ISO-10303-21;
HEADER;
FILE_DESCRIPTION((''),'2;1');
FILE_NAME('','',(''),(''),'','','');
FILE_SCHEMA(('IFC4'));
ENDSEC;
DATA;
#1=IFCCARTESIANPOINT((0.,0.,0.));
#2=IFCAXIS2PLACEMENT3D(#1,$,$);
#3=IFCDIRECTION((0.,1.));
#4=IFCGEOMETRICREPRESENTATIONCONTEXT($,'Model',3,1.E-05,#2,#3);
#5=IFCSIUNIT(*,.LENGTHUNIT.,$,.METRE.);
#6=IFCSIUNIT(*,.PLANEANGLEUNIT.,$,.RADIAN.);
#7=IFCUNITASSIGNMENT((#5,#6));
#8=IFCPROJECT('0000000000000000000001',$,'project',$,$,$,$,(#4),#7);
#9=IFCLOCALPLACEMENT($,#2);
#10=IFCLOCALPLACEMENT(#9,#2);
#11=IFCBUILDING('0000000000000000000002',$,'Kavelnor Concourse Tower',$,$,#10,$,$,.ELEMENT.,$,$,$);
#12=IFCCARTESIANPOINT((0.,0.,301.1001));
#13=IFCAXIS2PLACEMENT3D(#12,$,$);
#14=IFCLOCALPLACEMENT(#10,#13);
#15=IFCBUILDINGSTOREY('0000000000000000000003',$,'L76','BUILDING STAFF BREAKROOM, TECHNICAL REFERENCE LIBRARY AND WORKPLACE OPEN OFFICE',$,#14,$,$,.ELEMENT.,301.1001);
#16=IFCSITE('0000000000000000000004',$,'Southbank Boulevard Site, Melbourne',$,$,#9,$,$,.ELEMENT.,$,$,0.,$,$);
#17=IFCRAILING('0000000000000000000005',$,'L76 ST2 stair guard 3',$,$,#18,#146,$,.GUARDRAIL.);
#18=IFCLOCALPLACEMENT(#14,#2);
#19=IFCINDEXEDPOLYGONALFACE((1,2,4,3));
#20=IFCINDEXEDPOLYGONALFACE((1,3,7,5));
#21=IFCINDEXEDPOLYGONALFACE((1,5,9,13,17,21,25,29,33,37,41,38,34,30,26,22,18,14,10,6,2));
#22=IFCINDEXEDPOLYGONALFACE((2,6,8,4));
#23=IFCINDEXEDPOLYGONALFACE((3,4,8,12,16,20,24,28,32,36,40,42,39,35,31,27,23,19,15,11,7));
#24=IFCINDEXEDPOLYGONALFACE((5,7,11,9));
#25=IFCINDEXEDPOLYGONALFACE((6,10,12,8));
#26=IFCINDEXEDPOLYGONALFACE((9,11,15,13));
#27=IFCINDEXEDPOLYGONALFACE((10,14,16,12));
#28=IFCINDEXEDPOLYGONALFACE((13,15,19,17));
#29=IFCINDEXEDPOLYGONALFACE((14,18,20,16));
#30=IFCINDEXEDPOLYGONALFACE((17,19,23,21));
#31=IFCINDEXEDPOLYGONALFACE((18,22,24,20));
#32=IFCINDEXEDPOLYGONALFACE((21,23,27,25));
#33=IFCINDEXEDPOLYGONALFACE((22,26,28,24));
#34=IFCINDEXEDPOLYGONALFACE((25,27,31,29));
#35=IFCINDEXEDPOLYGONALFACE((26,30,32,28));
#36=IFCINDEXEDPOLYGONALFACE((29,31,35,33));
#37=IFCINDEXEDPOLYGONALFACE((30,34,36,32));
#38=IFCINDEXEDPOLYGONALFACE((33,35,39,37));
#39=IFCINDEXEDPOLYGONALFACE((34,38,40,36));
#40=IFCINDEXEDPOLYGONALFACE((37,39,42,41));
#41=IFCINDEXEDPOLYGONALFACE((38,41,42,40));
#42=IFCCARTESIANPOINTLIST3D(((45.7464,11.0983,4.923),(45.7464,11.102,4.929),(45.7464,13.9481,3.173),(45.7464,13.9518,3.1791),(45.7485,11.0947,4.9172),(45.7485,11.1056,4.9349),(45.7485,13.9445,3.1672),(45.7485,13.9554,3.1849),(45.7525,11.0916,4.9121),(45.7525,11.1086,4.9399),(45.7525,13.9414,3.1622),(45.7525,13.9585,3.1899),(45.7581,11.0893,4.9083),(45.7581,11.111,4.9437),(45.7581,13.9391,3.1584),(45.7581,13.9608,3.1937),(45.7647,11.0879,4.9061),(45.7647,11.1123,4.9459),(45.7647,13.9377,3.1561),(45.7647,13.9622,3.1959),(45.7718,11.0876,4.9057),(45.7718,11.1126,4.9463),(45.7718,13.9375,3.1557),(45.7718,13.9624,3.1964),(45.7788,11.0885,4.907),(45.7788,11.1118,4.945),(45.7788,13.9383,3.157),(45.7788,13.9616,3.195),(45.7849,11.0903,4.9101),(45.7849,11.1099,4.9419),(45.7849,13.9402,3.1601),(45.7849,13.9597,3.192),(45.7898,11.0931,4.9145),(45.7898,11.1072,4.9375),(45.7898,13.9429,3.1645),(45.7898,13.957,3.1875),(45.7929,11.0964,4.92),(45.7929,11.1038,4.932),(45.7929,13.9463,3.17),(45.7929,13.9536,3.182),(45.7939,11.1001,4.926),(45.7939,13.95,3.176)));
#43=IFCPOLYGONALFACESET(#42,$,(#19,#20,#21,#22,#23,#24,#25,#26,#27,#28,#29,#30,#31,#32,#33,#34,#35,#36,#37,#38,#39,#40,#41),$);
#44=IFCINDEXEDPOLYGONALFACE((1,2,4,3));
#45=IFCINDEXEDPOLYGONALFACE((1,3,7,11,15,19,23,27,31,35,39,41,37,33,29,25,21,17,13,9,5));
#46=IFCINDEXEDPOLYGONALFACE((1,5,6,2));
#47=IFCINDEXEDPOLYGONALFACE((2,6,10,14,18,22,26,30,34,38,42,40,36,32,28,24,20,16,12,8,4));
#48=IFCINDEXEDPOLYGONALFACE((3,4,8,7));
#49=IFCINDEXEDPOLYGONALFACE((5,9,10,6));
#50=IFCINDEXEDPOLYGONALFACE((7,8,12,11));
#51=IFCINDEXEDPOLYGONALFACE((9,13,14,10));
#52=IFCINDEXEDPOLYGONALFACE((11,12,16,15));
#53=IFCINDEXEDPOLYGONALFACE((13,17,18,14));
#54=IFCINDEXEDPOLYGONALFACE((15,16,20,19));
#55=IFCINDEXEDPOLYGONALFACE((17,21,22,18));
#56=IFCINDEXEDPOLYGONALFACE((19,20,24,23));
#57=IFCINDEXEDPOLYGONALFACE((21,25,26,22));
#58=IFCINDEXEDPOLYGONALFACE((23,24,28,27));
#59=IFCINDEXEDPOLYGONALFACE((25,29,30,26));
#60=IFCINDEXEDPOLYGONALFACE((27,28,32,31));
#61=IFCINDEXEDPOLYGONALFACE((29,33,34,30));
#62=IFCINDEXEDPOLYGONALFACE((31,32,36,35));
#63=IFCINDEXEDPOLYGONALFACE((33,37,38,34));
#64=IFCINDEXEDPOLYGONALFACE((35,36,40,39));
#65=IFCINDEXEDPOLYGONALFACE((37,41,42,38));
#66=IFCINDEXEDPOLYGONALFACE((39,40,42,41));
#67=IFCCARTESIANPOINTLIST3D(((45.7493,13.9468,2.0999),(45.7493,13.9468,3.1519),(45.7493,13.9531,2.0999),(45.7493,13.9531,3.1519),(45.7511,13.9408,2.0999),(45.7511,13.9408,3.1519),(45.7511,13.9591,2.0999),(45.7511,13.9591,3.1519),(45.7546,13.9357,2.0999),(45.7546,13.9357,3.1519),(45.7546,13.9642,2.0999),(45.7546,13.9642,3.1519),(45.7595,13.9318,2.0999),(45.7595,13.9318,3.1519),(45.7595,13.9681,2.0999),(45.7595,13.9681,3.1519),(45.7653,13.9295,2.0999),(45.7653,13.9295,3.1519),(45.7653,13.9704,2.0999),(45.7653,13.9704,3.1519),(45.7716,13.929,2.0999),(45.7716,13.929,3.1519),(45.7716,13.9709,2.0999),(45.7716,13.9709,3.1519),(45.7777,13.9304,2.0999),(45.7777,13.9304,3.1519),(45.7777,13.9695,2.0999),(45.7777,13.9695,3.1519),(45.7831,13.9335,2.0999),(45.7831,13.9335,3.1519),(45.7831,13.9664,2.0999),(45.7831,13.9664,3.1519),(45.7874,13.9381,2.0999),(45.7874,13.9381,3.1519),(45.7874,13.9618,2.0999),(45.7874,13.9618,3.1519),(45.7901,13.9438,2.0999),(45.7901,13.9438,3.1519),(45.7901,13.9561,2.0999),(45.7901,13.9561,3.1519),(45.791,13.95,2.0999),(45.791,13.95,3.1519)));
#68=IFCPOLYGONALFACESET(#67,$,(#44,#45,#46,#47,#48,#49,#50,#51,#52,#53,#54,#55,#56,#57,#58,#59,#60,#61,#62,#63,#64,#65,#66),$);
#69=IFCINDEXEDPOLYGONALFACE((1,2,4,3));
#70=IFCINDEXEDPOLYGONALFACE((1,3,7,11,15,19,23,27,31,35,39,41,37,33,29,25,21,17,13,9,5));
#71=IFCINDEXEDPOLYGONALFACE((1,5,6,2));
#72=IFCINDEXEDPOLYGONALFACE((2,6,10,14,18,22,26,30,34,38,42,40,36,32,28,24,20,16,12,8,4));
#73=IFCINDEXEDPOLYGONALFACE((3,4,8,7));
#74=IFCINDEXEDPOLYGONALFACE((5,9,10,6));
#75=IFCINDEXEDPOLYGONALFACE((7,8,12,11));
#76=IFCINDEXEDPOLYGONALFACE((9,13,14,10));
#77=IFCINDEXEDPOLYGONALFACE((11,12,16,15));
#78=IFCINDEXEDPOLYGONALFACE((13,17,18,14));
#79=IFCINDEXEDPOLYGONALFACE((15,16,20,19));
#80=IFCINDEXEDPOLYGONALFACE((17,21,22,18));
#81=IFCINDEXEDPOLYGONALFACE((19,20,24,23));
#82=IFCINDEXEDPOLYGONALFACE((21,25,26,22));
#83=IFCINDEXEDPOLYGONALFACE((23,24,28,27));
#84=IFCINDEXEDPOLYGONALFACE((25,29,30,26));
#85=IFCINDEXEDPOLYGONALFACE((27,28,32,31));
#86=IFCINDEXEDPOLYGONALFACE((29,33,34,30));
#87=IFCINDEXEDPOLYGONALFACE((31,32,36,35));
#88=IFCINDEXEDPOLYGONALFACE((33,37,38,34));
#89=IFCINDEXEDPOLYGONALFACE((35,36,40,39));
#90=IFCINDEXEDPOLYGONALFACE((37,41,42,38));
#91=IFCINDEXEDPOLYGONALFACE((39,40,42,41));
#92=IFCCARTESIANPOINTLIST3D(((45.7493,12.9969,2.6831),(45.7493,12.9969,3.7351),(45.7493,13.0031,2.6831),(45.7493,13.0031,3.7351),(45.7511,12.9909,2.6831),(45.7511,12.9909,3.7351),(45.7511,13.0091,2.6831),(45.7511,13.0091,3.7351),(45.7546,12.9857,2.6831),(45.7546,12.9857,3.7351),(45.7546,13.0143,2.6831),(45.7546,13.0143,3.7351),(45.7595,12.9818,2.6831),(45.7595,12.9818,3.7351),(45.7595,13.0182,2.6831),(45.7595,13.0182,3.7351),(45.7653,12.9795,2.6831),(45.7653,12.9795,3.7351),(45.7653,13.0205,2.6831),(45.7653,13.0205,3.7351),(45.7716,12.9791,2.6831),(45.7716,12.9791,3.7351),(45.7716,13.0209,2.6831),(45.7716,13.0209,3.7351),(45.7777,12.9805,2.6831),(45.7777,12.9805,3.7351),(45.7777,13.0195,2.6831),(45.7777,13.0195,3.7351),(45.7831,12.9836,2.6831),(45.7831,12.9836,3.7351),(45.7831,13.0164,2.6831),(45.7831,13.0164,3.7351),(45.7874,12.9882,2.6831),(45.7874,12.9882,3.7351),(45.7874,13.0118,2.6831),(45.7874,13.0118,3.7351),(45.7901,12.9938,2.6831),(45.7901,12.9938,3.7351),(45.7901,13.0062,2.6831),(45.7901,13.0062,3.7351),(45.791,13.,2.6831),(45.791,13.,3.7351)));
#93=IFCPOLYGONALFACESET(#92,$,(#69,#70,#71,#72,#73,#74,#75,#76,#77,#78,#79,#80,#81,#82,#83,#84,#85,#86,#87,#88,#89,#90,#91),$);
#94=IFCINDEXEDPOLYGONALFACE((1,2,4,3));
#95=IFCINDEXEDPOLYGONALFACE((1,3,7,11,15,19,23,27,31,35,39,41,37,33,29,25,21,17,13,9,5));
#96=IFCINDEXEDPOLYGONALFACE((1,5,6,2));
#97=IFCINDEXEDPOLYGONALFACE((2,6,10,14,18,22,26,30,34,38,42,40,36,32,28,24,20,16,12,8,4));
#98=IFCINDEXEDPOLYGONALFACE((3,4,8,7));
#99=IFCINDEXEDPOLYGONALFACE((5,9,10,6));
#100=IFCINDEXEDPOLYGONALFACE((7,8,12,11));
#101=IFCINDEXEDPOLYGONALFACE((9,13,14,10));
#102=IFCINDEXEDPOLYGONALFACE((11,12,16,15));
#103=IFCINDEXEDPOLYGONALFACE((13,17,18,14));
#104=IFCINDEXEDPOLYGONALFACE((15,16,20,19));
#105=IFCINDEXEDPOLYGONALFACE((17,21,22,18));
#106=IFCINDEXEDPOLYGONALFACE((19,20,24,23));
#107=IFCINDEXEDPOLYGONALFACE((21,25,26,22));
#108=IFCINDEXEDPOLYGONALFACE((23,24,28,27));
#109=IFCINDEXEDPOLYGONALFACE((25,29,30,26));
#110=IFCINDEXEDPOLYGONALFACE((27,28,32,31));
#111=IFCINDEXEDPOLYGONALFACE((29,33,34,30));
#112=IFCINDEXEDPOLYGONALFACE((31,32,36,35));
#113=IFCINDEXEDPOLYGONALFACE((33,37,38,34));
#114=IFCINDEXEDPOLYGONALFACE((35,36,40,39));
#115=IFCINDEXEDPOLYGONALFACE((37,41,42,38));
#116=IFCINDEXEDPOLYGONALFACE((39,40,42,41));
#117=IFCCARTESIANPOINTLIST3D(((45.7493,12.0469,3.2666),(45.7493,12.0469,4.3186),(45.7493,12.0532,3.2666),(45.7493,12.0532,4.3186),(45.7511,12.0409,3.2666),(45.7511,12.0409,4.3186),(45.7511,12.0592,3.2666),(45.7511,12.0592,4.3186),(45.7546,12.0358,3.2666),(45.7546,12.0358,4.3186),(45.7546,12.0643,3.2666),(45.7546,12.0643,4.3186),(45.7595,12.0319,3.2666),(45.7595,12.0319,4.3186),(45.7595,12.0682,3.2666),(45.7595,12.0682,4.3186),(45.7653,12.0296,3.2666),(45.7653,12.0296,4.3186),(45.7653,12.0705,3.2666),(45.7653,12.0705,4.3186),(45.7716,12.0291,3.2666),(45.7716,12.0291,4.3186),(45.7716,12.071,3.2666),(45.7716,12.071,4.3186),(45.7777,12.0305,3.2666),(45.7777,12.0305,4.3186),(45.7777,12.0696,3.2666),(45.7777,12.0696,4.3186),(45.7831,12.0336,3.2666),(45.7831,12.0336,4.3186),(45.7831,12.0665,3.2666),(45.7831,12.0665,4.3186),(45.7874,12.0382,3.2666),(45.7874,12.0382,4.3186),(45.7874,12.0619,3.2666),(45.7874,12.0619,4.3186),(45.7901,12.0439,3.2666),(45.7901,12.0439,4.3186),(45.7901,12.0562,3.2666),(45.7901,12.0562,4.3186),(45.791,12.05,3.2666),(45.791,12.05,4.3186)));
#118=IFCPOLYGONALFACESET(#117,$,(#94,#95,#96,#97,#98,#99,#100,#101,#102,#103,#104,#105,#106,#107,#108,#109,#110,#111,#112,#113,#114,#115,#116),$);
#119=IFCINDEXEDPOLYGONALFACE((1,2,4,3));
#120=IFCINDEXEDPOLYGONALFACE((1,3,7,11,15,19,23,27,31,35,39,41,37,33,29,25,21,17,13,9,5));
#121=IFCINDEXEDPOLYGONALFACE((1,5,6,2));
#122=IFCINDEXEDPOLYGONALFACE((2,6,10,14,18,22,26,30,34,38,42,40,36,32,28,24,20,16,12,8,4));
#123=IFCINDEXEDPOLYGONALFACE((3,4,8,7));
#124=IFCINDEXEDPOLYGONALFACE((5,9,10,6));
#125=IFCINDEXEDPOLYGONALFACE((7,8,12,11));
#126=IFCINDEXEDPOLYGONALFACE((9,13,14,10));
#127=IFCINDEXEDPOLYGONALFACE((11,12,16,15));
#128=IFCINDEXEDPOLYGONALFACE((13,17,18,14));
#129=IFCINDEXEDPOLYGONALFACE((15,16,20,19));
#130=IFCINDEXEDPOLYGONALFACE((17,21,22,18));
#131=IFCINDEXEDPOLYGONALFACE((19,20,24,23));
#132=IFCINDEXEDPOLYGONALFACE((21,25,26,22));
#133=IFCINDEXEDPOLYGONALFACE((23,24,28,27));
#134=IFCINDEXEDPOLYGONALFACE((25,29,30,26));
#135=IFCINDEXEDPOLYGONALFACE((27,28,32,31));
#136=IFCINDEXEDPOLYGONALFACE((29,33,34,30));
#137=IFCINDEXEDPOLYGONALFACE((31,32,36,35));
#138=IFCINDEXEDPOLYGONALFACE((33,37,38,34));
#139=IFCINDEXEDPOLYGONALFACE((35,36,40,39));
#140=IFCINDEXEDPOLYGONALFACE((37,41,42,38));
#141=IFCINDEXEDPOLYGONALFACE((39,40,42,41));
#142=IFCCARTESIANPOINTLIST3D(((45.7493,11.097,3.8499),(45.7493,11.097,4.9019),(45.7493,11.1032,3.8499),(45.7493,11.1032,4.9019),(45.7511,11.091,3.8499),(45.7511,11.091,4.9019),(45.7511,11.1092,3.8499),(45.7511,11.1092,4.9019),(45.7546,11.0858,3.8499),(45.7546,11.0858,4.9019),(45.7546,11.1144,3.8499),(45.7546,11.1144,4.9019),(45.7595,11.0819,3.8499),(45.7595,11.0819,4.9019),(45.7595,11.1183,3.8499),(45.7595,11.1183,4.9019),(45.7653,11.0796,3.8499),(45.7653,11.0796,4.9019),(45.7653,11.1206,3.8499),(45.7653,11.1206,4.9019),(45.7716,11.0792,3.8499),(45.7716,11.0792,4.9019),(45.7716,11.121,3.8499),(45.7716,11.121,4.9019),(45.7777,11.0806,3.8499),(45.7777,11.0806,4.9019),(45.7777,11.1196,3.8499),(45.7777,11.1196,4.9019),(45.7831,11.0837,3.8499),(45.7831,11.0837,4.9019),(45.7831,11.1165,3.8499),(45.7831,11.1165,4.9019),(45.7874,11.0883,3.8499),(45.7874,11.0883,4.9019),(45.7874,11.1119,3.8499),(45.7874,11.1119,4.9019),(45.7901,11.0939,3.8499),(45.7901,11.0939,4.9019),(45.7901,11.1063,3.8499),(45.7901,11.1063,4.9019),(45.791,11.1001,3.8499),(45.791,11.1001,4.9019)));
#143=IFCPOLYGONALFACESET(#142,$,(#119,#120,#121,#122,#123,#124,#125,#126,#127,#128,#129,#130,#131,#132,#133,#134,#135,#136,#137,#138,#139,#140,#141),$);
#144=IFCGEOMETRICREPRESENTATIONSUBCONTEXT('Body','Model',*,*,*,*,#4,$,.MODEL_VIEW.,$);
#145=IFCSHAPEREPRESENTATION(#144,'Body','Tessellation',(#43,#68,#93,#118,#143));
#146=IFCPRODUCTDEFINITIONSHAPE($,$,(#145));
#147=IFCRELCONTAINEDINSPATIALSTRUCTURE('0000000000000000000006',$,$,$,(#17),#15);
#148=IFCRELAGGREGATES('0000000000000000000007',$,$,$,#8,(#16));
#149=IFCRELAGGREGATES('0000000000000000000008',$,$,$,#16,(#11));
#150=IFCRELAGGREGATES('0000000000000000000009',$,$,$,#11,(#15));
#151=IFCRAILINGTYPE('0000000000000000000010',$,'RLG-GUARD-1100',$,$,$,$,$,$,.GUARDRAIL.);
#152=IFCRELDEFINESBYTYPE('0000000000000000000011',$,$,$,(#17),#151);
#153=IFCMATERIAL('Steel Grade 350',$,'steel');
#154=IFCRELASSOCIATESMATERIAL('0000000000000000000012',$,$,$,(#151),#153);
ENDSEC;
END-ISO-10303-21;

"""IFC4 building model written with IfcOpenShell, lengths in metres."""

from ifc_helpers import new_model, si_unit, direction, frame, origin, origin_2d, place, context, subcontext, project, spatial, circle, extrude, material, type_object, element, save


model = new_model("IFC4")

# Units and contexts
model_context = context("Model", 3, precision=1e-05, world=origin(), true_north=direction((0.0, 1.0)))
body_context = subcontext(model_context, "Body", "Model", "MODEL_VIEW")
ifc_project = project(units=[si_unit("LENGTHUNIT", "METRE"), si_unit("PLANEANGLEUNIT", "RADIAN")], contexts=[model_context])

# Site, building, storey
site_placement = place(None, origin())
site = spatial("IfcSite", under=ifc_project, at=site_placement, Name="Southbank Boulevard Site, Melbourne", CompositionType="ELEMENT", RefElevation=0.0)
building_placement = place(site_placement, origin())
building = spatial("IfcBuilding", under=site, at=building_placement, Name="Kavelnor Concourse Tower", CompositionType="ELEMENT")
storey_placement = place(building_placement, frame((0.0, 0.0, 301.1001)))
storey = spatial("IfcBuildingStorey", under=building, at=storey_placement, Name="L76", Description="BUILDING STAFF BREAKROOM, TECHNICAL REFERENCE LIBRARY AND WORKPLACE OPEN OFFICE", CompositionType="ELEMENT", Elevation=301.1001)

# Shared definitions
ifc_material_1 = material(Name="Steel Grade 350", Category="steel")

# Railing
railing_type_1 = type_object("IfcRailingType", Name="RLG-GUARD-1100", PredefinedType="GUARDRAIL", material=ifc_material_1)
railing_1_placement = place(storey_placement, frame((45.77, 13.95, 2.0999)))
element("IfcRailing", 1, at=railing_1_placement, inside=storey, type_object=railing_type_1, Name="L76 ST2 stair guard 3", PredefinedType="GUARDRAIL", context=body_context, shape_type="SweptSolid", body=[
    extrude(circle(Radius=0.0239, at=origin_2d()), frame((0.0, 0.0, 1.0762), z_axis=(0.0, -0.852159, 0.523283), x_axis=(1.0, 0.0, 0.0)), (0.0, 0.0, 1.0), 3.3442),
    extrude(circle(Radius=0.021, at=origin_2d()), origin(), (0.0, 0.0, 1.0), 1.052),
    extrude(circle(Radius=0.021, at=origin_2d()), frame((0.0, -0.95, 0.5833)), (0.0, 0.0, 1.0), 1.052),
    extrude(circle(Radius=0.021, at=origin_2d()), frame((0.0, -1.8999, 1.1667)), (0.0, 0.0, 1.0), 1.052),
    extrude(circle(Radius=0.021, at=origin_2d()), frame((0.0, -2.8499, 1.75)), (0.0, 0.0, 1.0), 1.052),
])

save(model, "model.ifc")
